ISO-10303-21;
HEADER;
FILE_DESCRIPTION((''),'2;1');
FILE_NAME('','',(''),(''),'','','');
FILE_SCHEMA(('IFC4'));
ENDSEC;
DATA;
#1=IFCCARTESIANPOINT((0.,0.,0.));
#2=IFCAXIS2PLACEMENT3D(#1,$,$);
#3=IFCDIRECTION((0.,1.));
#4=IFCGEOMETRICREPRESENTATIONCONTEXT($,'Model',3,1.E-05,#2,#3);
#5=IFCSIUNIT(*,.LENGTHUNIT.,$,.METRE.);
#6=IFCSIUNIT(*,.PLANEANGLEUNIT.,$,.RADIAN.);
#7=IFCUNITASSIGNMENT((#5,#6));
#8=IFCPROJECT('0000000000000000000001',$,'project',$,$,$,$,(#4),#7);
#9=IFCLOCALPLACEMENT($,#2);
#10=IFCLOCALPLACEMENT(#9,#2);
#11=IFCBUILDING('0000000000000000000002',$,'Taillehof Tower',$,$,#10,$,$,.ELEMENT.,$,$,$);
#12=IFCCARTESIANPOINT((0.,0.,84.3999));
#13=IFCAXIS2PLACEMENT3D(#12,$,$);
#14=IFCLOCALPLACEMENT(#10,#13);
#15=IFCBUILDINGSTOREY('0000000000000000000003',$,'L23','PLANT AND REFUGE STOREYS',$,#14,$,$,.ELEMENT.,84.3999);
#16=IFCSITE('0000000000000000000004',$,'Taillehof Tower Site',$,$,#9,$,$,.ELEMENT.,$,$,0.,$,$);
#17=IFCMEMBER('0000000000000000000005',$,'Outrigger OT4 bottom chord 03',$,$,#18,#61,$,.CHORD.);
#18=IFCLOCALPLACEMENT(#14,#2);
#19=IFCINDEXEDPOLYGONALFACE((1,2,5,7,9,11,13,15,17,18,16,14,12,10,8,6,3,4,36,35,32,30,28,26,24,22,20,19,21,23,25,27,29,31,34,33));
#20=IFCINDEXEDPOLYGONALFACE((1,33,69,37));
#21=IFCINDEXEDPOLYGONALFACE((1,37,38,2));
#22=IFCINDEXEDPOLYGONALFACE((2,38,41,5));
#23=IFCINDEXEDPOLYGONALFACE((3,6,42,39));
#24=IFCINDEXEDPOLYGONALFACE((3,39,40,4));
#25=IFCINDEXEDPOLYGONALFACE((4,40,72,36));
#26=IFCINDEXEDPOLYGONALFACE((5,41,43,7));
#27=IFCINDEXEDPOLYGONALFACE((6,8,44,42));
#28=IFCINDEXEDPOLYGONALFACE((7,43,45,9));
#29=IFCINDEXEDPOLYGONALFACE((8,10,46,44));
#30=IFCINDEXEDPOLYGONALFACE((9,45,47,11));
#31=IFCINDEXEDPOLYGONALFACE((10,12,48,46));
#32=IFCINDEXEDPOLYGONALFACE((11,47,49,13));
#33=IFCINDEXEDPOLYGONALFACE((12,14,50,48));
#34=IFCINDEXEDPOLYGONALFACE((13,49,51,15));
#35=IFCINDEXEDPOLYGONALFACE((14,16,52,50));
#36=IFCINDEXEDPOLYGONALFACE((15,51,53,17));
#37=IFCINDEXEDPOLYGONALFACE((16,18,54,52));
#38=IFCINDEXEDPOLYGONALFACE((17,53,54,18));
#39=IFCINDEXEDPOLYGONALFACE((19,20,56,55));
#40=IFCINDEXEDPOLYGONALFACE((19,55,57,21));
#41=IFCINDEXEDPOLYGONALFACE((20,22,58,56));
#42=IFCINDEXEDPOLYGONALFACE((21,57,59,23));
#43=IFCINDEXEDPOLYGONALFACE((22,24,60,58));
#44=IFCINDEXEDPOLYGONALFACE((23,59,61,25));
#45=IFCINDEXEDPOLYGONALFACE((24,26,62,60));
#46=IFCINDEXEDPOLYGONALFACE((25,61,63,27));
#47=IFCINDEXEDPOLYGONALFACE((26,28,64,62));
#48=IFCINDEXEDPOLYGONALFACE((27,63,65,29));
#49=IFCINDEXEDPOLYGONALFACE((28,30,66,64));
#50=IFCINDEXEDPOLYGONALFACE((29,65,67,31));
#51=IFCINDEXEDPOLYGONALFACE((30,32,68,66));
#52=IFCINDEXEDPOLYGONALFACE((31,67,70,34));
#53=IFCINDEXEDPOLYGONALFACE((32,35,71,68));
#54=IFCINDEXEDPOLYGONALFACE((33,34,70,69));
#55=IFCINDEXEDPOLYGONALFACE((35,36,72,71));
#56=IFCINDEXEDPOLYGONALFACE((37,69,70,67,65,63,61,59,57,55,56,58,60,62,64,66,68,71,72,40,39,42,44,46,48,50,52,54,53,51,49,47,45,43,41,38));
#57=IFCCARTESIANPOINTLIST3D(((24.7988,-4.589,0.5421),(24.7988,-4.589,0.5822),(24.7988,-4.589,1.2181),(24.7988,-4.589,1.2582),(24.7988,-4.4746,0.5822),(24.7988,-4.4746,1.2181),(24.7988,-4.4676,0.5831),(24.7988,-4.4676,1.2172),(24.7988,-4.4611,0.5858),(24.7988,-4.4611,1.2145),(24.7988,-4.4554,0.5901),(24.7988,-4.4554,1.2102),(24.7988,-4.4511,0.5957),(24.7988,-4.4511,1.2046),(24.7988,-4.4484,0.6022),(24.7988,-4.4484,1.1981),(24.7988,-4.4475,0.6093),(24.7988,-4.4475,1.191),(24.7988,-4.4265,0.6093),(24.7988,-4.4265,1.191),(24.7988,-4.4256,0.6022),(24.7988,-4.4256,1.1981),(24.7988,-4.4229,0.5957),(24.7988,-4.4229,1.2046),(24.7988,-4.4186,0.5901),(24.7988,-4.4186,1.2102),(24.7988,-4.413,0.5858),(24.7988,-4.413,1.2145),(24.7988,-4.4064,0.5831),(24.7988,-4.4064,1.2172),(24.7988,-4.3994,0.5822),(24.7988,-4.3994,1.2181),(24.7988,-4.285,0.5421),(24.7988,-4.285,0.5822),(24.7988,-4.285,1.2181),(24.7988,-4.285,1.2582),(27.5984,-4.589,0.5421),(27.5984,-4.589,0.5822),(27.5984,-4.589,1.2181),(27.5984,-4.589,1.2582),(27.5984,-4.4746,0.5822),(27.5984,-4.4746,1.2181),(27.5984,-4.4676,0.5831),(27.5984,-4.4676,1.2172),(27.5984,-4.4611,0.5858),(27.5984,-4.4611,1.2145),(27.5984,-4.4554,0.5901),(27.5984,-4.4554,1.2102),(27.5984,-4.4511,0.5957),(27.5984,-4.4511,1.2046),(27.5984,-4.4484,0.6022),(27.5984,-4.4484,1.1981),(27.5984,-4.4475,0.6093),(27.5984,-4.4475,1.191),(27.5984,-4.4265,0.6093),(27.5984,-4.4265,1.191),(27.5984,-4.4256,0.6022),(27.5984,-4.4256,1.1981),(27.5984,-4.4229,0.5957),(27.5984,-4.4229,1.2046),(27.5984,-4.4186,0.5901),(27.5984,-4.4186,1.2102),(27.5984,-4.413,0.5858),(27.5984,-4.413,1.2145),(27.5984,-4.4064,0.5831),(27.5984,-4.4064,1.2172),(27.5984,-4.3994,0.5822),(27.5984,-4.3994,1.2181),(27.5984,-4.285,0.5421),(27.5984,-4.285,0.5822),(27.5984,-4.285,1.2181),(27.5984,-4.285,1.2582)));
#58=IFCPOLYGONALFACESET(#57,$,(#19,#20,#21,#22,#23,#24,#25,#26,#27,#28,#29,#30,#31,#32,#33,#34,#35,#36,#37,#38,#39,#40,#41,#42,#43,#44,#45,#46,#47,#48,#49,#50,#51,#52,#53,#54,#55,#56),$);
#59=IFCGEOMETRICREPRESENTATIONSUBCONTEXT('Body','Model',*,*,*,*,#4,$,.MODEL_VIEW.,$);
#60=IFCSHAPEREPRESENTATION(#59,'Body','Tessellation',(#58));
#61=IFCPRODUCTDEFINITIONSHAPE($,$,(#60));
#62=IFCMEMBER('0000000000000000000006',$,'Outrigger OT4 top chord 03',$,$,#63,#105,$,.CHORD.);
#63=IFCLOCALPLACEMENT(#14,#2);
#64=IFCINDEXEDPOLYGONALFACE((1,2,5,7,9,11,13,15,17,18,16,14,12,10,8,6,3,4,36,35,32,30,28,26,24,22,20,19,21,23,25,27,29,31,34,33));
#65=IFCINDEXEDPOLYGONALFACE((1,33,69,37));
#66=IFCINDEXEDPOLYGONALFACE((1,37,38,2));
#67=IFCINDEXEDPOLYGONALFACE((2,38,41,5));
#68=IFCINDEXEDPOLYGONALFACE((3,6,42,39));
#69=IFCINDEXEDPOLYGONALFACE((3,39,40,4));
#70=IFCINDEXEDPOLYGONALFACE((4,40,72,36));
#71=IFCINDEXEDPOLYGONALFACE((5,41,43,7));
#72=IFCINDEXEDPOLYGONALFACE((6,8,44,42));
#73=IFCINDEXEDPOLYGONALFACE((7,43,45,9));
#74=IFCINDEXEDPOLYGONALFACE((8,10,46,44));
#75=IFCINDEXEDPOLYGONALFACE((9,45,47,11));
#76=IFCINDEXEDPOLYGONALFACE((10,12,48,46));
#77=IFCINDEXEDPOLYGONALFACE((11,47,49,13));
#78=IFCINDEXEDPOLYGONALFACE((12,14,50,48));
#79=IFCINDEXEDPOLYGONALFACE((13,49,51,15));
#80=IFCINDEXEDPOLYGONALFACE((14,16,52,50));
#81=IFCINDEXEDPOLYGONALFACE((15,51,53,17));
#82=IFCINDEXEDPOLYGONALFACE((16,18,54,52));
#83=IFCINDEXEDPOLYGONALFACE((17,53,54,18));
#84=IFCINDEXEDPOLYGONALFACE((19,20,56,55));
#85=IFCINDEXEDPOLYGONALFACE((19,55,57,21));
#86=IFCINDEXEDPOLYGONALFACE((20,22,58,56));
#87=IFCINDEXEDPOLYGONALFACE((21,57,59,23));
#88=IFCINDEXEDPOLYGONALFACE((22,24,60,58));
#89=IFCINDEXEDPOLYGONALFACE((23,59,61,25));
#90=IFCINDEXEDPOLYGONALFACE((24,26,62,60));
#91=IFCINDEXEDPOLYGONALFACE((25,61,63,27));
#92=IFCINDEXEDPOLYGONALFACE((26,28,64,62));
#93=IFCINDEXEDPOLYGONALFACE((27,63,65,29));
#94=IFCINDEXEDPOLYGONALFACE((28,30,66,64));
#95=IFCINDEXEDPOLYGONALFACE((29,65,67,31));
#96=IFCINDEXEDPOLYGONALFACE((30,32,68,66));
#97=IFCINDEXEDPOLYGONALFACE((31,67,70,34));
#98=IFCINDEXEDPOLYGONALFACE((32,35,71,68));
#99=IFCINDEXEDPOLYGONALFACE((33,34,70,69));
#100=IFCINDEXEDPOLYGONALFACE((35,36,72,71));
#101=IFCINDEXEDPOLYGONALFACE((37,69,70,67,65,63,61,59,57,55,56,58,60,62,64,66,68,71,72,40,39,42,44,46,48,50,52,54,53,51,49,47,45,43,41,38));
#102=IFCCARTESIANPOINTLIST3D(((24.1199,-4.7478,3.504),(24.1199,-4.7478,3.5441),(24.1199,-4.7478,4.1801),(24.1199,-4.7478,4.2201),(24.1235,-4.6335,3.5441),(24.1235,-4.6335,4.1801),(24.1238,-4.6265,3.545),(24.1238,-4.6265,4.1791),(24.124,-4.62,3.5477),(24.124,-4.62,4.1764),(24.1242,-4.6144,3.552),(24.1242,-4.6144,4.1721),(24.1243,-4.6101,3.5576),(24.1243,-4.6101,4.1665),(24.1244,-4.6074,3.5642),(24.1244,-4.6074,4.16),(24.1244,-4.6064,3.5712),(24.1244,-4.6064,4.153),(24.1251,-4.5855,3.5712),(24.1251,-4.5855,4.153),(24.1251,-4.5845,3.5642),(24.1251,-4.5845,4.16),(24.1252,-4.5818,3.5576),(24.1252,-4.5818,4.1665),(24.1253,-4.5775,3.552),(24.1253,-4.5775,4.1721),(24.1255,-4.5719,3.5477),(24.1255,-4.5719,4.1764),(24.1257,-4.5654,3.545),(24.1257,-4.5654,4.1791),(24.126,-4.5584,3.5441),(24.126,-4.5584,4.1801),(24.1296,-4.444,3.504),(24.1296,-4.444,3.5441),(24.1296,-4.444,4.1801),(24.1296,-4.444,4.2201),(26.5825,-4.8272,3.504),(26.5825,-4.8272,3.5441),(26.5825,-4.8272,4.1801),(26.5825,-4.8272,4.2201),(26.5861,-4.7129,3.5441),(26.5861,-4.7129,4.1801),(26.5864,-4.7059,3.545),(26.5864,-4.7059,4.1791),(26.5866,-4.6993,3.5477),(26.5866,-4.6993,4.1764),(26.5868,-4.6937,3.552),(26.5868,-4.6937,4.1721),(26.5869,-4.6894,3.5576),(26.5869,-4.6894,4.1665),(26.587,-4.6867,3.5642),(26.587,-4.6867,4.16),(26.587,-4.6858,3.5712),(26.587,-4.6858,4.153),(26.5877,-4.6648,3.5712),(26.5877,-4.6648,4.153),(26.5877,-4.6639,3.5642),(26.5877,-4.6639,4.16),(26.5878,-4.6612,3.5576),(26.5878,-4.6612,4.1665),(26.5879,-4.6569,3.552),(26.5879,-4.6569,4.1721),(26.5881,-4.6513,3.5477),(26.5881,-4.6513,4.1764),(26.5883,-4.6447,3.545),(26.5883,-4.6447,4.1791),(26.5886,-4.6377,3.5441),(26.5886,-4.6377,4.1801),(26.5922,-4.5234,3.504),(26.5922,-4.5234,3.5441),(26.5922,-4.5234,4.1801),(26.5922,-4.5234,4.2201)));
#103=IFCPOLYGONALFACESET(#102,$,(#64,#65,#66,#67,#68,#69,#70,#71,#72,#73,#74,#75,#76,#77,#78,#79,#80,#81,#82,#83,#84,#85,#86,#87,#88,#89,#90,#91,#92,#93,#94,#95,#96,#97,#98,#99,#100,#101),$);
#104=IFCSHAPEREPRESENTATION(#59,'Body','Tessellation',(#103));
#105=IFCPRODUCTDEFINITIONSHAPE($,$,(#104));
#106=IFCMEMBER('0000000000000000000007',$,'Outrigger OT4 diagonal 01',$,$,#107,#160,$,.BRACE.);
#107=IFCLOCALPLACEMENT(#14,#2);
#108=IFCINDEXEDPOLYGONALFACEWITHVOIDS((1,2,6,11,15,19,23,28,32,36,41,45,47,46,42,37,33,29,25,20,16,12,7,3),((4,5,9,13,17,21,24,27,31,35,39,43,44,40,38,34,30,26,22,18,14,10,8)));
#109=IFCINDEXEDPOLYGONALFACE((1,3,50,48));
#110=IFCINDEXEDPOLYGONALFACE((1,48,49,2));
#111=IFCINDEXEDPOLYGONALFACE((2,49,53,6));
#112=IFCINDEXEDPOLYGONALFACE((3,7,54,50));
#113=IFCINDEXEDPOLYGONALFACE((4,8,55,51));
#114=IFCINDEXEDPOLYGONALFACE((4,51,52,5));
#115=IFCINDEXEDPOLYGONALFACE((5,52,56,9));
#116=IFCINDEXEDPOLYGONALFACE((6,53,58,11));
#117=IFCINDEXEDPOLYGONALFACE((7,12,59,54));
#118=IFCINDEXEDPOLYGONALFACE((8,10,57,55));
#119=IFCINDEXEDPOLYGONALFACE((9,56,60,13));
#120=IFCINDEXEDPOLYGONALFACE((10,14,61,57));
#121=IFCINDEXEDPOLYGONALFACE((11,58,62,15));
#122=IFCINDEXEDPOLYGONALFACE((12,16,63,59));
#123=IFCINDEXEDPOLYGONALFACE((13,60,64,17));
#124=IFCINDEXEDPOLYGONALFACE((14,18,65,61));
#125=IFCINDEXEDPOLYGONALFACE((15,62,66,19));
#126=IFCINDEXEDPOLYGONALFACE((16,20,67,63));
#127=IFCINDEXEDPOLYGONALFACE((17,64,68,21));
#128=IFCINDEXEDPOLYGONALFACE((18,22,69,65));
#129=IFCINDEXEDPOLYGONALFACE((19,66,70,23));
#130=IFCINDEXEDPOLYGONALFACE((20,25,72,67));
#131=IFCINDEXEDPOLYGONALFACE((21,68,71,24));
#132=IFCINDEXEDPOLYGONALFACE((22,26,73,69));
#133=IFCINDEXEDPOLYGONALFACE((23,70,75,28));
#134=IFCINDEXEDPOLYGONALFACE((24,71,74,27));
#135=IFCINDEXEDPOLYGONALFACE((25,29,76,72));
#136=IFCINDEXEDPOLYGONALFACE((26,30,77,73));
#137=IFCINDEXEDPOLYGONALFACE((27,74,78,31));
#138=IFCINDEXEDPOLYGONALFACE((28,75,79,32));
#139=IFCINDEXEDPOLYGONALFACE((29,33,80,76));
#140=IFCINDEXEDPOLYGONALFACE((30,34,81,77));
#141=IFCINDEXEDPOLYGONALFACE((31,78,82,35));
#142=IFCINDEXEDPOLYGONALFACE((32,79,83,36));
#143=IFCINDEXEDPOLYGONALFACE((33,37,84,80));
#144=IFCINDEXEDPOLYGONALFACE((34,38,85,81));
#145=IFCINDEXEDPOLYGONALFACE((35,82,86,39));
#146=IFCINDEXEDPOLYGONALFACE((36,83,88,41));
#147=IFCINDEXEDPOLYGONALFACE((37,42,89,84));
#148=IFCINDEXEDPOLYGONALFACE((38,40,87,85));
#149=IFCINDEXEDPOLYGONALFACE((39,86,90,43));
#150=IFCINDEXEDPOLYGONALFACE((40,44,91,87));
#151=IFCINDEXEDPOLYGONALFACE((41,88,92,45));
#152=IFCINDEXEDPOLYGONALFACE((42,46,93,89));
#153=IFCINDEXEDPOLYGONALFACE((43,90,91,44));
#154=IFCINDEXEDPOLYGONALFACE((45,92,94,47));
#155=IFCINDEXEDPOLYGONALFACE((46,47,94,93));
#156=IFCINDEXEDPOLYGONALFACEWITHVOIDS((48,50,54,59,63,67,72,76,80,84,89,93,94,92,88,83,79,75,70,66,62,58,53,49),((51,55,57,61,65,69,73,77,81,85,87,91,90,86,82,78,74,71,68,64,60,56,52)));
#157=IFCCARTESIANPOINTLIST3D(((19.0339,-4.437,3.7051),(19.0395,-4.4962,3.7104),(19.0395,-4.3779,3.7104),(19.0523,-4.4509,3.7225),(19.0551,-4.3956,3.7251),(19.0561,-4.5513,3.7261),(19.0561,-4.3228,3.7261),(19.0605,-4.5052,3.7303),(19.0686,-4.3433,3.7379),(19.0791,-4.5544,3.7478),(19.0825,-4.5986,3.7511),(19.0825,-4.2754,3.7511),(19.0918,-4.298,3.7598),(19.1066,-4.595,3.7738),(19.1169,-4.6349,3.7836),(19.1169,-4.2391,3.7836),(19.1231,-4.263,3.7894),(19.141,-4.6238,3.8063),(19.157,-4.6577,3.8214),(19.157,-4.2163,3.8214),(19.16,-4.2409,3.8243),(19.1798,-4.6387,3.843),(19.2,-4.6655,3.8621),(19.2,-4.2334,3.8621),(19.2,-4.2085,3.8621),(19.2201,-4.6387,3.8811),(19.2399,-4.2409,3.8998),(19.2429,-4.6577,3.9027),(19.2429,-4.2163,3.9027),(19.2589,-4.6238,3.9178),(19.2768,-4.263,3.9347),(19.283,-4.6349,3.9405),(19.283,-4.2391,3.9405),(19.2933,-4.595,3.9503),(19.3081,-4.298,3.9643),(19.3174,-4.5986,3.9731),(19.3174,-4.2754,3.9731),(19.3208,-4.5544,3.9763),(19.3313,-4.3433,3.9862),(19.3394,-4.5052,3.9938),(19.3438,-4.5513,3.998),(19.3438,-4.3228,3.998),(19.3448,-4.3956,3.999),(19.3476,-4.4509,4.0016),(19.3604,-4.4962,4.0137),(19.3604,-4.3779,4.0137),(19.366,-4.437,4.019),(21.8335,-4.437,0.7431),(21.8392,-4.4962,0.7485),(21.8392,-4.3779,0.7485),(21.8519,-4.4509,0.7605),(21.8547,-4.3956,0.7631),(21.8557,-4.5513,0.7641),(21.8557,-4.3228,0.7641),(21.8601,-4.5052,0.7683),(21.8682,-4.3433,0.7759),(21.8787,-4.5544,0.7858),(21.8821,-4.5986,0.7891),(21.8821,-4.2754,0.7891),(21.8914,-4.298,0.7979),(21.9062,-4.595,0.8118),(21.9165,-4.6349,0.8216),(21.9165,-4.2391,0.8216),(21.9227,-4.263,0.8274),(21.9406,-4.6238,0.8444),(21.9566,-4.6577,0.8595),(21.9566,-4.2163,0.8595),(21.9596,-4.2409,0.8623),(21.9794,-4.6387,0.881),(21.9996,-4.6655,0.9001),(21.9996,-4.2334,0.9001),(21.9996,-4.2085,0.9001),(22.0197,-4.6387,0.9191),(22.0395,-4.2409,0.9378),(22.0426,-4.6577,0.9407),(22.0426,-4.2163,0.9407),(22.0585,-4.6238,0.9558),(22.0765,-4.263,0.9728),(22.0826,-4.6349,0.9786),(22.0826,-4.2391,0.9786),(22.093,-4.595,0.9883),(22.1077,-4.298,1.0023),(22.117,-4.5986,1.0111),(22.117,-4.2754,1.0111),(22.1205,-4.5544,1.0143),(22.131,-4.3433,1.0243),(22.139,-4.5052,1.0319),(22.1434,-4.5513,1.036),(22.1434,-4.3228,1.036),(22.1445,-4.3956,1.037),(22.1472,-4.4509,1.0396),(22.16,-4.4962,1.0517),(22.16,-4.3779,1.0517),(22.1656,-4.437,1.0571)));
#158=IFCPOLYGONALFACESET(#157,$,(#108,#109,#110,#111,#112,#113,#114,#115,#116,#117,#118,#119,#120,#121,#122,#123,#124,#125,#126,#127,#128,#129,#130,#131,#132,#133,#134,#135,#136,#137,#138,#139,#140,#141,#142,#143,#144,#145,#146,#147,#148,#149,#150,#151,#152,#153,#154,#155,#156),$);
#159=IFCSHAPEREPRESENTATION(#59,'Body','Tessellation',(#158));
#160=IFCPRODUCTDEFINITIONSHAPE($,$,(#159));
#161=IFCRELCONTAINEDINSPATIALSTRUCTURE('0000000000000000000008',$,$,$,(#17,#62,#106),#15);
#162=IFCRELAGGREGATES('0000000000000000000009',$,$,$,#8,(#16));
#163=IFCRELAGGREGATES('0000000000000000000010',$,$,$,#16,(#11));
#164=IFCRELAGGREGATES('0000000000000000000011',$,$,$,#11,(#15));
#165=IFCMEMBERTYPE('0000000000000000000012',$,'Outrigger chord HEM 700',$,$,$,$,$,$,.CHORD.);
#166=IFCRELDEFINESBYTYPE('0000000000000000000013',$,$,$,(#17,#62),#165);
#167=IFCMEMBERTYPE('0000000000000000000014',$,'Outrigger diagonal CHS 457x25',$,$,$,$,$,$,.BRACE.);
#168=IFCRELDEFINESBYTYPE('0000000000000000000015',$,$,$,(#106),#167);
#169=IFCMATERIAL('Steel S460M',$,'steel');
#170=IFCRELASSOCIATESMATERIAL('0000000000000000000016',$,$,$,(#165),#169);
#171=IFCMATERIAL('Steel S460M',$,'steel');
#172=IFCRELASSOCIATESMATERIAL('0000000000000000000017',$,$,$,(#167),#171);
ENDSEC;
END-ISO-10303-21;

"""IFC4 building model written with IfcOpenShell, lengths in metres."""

from ifc_helpers import new_model, si_unit, direction, frame, origin, origin_2d, place, context, subcontext, project, spatial, hollow_circle, i_section, extrude, material, material_profile, profile_set, type_object, element, save


model = new_model("IFC4")

# Units and contexts
model_context = context("Model", 3, precision=1e-05, world=origin(), true_north=direction((0.0, 1.0)))
body_context = subcontext(model_context, "Body", "Model", "MODEL_VIEW")
ifc_project = project(units=[si_unit("LENGTHUNIT", "METRE"), si_unit("PLANEANGLEUNIT", "RADIAN")], contexts=[model_context])

# Site, building, storey
site_placement = place(None, origin())
site = spatial("IfcSite", under=ifc_project, at=site_placement, Name="Taillehof Tower Site", CompositionType="ELEMENT", RefElevation=0.0)
building_placement = place(site_placement, origin())
building = spatial("IfcBuilding", under=site, at=building_placement, Name="Taillehof Tower", CompositionType="ELEMENT")
storey_placement = place(building_placement, frame((0.0, 0.0, 84.3999)))
storey = spatial("IfcBuildingStorey", under=building, at=storey_placement, Name="L23", Description="PLANT AND REFUGE STOREYS", CompositionType="ELEMENT", Elevation=84.3999)

# Members
ifc_material_1 = material(Name="Steel S460M", Category="steel")
ifc_material_profile_1 = material_profile(ifc_material_1, i_section(OverallWidth=0.304, OverallDepth=0.7161, WebThickness=0.021, FlangeThickness=0.04, FilletRadius=0.0271, at=origin_2d()), Name="HEM 700")
ifc_profile_set_1 = profile_set([ifc_material_profile_1], Name="Steel S460M")
member_type_1 = type_object("IfcMemberType", Name="Outrigger chord HEM 700", PredefinedType="CHORD", material=ifc_profile_set_1)
member_1_placement = place(storey_placement, frame((24.7988, -4.437, 0.9001), z_axis=(1.0, 0.0, 0.0), x_axis=(0.0, 1.0, 0.0)))
element("IfcMember", 1, at=member_1_placement, inside=storey, type_object=member_type_1, Name="Outrigger OT4 bottom chord 03", PredefinedType="CHORD", context=body_context, shape_type="SweptSolid", body=[
    extrude(i_section(OverallWidth=0.304, OverallDepth=0.7161, WebThickness=0.021, FlangeThickness=0.04, FilletRadius=0.0271, at=origin_2d()), origin(), (0.0, 0.0, 1.0), 2.7996),
])
member_2_placement = place(storey_placement, frame((24.1248, -4.5959, 3.8621), z_axis=(0.999481, -0.032203, 0.0), x_axis=(0.032203, 0.999481, 0.0)))
element("IfcMember", 2, at=member_2_placement, inside=storey, type_object=member_type_1, Name="Outrigger OT4 top chord 03", PredefinedType="CHORD", context=body_context, shape_type="SweptSolid", body=[
    extrude(i_section(OverallWidth=0.304, OverallDepth=0.7161, WebThickness=0.021, FlangeThickness=0.04, FilletRadius=0.0271, at=origin_2d()), origin(), (0.0, 0.0, 1.0), 2.4639),
])
ifc_material_2 = material(Name="Steel S460M", Category="steel")
ifc_material_profile_2 = material_profile(ifc_material_2, hollow_circle(Radius=0.2285, WallThickness=0.0249, at=origin_2d()), Name="CHS 457x25")
ifc_profile_set_2 = profile_set([ifc_material_profile_2], Name="Steel S460M")
member_type_2 = type_object("IfcMemberType", Name="Outrigger diagonal CHS 457x25", PredefinedType="BRACE", material=ifc_profile_set_2)
member_3_placement = place(storey_placement, frame((19.2, -4.437, 3.8621), z_axis=(0.686908, 0.0, -0.726744), x_axis=(0.0, 1.0, 0.0)))
element("IfcMember", 3, at=member_3_placement, inside=storey, type_object=member_type_2, Name="Outrigger OT4 diagonal 01", PredefinedType="BRACE", context=body_context, shape_type="SweptSolid", body=[
    extrude(hollow_circle(Radius=0.2285, WallThickness=0.0249, at=origin_2d()), origin(), (0.0, 0.0, 1.0), 4.0757),
])

save(model, "model.ifc")
